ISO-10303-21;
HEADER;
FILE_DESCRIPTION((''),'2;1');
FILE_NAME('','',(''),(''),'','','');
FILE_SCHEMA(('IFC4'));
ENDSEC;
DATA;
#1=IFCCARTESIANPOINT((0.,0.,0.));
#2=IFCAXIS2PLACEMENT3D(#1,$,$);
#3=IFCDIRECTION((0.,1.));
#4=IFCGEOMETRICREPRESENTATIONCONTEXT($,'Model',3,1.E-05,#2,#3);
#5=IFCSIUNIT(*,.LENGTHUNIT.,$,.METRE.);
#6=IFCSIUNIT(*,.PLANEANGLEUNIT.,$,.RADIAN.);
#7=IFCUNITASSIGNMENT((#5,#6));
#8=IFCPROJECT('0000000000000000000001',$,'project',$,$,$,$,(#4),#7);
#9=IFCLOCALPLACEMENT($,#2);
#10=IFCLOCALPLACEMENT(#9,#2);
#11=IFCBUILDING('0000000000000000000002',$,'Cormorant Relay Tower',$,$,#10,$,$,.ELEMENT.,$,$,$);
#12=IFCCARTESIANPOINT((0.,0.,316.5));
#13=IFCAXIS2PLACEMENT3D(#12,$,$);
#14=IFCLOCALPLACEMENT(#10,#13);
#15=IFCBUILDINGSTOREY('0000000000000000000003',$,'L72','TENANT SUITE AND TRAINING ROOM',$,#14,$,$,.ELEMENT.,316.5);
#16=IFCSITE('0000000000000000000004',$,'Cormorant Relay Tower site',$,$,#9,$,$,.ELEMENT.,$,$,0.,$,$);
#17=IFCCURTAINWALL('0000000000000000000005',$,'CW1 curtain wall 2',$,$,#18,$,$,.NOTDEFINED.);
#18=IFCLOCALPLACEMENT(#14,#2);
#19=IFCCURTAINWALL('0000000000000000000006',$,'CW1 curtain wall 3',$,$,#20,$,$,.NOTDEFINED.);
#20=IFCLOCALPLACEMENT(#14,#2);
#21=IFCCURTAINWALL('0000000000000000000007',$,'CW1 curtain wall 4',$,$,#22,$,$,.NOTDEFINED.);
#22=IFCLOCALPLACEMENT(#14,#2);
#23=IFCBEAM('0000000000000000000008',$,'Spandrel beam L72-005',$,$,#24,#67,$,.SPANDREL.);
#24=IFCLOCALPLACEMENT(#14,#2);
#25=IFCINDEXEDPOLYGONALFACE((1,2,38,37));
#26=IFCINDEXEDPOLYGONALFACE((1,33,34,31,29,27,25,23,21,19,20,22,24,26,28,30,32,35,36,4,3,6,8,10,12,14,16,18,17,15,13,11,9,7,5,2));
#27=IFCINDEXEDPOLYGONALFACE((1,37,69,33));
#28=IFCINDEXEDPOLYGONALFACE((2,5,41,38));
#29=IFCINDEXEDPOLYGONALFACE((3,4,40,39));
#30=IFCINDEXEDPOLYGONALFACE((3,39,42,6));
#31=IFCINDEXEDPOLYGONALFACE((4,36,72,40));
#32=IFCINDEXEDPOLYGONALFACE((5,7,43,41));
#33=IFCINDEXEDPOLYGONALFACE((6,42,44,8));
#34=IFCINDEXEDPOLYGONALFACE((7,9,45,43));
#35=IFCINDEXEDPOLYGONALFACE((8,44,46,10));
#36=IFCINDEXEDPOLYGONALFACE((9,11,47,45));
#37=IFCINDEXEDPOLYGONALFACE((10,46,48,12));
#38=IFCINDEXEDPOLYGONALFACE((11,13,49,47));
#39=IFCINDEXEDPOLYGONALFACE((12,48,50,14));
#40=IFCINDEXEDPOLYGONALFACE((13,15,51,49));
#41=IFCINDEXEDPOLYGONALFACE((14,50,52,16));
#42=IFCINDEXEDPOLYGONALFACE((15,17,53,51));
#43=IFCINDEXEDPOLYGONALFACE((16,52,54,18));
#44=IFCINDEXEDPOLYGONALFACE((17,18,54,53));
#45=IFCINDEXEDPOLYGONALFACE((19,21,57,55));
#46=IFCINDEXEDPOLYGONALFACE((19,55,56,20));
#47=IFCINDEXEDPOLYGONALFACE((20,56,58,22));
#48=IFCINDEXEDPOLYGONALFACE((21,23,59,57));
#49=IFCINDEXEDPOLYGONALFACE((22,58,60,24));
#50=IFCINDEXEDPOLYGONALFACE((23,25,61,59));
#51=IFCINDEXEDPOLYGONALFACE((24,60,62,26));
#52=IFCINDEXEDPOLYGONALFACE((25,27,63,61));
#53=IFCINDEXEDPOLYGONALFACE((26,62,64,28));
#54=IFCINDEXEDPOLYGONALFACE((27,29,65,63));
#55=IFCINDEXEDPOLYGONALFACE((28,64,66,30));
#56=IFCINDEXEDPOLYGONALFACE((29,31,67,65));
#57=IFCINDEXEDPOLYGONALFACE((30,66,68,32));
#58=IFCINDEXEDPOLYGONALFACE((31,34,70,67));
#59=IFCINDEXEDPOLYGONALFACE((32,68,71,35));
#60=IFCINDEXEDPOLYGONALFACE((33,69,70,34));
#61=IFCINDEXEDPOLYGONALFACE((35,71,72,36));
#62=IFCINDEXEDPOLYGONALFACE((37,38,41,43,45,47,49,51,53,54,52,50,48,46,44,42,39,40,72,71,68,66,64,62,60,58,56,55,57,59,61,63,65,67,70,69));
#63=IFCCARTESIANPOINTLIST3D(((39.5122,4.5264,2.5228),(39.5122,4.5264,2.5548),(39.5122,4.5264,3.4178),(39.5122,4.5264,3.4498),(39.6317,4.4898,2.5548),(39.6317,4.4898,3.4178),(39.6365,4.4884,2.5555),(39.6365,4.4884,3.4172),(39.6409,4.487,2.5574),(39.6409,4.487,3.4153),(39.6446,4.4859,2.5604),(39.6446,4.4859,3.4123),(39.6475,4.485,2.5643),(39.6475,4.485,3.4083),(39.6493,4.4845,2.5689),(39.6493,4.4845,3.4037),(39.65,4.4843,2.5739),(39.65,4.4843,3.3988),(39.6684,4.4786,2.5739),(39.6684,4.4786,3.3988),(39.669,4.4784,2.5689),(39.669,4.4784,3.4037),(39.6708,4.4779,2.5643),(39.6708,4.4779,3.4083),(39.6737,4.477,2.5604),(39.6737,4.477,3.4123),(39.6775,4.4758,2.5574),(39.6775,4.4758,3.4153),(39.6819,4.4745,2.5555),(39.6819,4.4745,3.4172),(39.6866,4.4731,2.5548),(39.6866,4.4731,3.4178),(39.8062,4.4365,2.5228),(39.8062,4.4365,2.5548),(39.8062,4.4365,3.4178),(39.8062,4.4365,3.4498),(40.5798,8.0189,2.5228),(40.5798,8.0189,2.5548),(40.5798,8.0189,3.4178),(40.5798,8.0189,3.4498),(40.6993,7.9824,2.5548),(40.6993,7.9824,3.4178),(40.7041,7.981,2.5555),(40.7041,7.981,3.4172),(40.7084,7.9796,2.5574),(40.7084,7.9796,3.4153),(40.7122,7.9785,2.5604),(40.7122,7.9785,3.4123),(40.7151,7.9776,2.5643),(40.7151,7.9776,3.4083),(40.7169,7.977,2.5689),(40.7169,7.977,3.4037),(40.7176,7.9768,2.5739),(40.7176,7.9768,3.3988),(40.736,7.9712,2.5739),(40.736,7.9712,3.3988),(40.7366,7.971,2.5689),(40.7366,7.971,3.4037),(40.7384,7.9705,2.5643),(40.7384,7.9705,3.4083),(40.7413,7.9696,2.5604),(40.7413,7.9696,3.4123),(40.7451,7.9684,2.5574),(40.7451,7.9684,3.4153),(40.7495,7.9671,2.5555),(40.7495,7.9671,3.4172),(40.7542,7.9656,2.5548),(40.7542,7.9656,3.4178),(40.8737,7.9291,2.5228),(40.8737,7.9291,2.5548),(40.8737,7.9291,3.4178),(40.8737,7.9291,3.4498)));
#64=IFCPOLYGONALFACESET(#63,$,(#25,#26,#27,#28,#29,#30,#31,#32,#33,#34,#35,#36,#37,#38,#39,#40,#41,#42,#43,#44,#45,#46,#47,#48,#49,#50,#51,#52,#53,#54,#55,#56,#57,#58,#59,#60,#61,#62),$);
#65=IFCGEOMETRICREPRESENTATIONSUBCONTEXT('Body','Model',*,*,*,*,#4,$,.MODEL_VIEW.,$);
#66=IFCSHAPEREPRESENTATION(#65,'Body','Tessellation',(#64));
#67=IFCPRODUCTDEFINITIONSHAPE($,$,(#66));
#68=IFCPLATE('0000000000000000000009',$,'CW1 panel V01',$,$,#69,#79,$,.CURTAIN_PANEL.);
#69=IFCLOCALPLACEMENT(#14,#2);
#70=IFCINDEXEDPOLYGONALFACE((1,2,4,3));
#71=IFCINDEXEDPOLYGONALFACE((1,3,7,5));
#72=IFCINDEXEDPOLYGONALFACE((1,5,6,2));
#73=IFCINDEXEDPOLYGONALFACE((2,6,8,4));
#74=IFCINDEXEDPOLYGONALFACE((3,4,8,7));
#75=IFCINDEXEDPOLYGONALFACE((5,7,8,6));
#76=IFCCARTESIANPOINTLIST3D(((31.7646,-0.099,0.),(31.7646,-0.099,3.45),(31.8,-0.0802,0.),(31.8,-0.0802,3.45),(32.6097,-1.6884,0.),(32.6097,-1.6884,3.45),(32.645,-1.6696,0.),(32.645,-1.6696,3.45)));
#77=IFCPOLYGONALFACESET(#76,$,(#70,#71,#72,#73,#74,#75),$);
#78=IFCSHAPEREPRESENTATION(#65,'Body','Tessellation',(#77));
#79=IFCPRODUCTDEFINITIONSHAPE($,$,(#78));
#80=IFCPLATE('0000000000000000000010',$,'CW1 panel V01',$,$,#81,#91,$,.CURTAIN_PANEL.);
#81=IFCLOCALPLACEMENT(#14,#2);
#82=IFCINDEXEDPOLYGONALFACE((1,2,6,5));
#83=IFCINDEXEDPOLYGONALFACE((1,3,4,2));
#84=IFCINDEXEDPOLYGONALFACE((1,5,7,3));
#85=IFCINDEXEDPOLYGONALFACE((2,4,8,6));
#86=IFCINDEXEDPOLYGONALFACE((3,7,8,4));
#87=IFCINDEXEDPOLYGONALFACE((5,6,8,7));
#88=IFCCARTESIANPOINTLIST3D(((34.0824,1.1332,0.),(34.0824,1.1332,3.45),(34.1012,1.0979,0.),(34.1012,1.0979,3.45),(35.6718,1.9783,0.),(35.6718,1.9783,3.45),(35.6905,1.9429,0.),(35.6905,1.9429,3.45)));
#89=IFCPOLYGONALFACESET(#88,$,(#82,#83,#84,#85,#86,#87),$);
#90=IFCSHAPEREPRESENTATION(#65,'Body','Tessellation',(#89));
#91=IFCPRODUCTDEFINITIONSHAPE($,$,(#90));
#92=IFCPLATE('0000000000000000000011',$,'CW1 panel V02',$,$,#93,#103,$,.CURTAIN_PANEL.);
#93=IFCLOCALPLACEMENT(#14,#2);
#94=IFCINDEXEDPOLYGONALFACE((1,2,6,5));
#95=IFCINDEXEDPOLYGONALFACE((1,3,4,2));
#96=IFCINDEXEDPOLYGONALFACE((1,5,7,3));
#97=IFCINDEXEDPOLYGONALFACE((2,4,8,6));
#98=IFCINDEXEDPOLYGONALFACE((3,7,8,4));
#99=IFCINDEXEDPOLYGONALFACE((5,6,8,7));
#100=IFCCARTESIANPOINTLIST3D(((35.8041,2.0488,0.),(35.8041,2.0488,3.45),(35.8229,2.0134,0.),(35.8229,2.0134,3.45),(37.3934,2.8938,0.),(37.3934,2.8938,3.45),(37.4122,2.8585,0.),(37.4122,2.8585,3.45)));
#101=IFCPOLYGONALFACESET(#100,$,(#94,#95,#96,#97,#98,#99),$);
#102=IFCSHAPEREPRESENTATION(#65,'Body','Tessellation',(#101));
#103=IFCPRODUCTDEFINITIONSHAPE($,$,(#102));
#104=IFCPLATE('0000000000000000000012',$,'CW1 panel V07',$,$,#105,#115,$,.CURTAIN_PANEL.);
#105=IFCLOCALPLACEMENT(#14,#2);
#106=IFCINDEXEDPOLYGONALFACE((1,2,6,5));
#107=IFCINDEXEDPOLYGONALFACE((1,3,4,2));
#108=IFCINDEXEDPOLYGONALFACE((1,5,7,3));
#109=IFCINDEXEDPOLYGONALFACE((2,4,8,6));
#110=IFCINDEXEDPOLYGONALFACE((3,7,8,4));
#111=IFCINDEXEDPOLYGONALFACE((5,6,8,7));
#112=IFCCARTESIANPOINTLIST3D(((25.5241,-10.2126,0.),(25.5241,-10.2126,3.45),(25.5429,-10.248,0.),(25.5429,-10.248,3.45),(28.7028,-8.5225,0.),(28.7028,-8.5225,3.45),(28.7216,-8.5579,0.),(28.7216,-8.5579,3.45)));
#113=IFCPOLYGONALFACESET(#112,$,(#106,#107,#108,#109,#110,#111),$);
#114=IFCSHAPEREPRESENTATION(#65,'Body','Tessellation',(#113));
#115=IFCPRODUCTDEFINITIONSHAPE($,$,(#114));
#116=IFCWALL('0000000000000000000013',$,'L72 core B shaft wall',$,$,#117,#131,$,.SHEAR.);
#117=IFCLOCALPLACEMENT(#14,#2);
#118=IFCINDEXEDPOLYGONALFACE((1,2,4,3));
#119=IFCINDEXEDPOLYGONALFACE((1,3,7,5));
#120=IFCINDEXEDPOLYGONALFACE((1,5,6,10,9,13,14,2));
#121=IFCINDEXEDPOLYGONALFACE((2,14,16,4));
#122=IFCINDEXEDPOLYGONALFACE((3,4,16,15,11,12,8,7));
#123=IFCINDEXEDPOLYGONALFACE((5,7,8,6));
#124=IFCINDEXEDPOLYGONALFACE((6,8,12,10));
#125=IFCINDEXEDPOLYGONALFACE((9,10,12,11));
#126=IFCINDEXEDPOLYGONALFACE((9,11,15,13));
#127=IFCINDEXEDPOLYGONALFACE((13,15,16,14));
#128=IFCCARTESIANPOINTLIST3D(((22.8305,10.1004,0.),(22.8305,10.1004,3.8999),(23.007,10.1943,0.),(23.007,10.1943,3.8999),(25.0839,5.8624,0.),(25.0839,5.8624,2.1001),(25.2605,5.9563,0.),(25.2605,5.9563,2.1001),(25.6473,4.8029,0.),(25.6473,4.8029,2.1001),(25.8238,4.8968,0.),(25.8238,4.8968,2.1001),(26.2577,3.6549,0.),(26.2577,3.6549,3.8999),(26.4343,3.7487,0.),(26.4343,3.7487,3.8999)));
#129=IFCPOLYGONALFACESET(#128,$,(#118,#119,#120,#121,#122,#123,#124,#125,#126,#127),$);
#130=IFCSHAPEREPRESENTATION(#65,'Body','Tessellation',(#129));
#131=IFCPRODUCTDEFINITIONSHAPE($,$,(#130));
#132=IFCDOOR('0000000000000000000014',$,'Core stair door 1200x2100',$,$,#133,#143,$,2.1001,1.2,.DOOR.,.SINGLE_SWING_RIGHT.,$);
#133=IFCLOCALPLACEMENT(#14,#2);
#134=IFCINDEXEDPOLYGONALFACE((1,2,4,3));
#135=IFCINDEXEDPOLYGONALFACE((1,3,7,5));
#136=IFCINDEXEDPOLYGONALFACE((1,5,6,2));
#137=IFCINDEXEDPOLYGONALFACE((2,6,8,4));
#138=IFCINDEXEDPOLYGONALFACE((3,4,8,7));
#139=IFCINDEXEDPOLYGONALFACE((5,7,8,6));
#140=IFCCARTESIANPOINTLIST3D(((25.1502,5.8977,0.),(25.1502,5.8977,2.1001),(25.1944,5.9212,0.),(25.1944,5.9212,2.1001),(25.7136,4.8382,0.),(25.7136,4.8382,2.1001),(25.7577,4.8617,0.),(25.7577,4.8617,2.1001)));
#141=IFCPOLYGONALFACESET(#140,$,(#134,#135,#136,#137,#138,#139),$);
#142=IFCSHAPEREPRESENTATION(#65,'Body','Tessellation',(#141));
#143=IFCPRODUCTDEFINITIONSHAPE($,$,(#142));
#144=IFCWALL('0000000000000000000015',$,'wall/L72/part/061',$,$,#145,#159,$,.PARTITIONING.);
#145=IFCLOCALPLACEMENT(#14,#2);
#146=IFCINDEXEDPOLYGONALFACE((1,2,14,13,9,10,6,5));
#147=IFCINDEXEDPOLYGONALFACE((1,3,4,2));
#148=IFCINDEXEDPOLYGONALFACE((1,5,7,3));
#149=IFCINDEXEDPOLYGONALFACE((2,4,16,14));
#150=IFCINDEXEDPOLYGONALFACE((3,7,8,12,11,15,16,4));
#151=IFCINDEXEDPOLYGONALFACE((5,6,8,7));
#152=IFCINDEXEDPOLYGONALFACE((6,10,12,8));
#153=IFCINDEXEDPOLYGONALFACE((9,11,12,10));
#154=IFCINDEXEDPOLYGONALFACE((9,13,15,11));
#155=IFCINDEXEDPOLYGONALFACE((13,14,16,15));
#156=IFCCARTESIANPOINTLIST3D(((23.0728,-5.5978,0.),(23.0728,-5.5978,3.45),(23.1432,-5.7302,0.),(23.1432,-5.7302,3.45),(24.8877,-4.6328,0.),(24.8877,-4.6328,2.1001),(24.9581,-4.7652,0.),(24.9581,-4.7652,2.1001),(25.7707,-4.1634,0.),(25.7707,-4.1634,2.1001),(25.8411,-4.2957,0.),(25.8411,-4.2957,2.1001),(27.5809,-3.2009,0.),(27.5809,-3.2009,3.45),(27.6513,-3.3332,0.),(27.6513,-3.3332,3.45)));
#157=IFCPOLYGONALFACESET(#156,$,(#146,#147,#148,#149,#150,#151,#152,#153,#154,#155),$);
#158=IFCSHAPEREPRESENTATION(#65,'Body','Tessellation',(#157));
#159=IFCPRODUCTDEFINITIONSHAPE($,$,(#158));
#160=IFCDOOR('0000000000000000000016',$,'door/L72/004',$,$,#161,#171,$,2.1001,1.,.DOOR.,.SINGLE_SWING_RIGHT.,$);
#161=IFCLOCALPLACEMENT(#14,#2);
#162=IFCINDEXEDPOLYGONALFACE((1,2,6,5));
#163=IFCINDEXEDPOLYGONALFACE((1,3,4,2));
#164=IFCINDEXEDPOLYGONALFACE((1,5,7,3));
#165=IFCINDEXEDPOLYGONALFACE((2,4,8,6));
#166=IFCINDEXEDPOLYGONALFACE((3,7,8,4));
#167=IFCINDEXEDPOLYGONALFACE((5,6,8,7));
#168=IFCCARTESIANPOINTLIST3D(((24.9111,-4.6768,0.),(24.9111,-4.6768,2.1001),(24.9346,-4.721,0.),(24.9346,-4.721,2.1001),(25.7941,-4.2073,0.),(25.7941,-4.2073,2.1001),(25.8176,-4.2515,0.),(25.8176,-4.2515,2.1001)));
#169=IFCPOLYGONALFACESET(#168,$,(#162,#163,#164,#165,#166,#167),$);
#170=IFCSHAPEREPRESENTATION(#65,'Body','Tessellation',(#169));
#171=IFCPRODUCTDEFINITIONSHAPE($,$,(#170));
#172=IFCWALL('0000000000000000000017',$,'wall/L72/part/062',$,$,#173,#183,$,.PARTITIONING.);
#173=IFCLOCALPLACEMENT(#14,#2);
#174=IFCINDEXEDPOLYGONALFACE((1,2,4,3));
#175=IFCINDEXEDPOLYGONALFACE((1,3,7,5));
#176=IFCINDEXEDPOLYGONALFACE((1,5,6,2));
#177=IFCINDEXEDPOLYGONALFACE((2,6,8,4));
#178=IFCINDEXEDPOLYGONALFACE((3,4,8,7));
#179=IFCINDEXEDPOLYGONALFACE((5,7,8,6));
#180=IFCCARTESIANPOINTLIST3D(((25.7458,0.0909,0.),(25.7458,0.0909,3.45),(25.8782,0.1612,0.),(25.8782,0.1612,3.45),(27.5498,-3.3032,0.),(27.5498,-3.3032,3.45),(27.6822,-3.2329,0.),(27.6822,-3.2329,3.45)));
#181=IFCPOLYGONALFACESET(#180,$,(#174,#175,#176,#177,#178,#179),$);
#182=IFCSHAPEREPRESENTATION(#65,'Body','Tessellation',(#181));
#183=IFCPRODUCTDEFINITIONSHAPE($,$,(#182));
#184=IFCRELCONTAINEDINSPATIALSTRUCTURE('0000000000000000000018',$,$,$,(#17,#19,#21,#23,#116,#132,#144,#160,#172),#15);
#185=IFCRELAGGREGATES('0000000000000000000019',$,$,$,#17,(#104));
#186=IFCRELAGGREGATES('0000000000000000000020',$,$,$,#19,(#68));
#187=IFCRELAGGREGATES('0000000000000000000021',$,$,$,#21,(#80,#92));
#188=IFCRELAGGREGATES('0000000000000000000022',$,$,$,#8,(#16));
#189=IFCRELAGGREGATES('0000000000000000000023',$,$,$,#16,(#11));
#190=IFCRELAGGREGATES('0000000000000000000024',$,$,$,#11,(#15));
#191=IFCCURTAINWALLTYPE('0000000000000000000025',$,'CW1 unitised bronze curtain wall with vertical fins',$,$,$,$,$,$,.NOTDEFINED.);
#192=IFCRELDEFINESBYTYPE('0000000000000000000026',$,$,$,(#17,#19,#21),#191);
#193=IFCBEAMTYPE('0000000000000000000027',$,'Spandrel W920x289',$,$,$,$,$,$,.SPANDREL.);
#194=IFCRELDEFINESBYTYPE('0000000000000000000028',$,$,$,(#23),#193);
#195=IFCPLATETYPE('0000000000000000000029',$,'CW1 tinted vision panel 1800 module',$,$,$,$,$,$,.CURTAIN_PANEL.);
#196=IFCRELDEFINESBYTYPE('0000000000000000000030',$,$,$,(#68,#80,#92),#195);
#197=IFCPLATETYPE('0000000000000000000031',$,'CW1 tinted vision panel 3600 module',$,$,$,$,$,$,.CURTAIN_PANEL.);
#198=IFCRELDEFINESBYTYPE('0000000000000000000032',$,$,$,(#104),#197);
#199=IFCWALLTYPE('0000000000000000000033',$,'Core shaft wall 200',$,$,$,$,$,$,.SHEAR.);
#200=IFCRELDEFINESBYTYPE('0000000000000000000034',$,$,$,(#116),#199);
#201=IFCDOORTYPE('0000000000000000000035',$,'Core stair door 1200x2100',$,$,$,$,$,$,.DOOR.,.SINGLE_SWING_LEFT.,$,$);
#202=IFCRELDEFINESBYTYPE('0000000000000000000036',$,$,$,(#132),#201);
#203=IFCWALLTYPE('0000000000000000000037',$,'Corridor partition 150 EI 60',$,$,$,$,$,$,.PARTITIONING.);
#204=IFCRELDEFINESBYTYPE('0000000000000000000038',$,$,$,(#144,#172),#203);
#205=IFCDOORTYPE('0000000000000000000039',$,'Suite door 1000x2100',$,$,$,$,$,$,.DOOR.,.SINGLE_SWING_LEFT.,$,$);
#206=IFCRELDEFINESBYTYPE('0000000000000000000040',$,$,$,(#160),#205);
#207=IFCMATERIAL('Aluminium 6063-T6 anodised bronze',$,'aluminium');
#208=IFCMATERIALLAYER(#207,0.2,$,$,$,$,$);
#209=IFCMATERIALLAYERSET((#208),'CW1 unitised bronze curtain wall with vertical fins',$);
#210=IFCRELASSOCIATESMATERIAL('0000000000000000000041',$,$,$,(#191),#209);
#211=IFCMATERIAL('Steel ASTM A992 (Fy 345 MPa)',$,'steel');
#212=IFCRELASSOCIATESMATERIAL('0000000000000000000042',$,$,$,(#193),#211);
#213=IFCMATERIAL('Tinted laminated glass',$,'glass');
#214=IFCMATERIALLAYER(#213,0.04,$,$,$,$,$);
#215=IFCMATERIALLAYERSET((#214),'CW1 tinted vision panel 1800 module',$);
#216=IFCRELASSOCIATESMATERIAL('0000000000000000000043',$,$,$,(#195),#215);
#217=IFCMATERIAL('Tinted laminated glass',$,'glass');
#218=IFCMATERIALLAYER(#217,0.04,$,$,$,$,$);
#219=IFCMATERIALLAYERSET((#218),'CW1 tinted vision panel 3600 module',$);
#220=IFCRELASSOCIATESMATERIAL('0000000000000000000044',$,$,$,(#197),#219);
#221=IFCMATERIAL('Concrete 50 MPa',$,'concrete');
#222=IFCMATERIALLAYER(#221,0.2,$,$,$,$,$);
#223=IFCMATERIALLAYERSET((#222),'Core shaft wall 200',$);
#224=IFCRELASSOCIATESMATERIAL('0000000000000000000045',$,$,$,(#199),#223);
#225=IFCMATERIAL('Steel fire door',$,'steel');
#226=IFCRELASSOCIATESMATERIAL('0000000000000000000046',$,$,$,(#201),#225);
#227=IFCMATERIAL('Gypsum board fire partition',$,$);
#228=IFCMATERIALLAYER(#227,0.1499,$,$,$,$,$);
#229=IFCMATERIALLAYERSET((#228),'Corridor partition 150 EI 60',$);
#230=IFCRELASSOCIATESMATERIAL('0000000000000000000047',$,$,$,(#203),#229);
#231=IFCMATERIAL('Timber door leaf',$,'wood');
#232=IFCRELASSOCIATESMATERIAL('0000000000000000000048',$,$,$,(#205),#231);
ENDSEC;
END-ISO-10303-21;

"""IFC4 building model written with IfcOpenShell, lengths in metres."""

from ifc_helpers import new_model, si_unit, direction, frame, frame_2d, origin, origin_2d, place, context, subcontext, project, spatial, rectangle, i_section, extrude, material, layer, layer_set, material_profile, profile_set, type_object, element, fill, aggregate, save


model = new_model("IFC4")

# Units and contexts
model_context = context("Model", 3, precision=1e-05, world=origin(), true_north=direction((0.0, 1.0)))
body_context = subcontext(model_context, "Body", "Model", "MODEL_VIEW")
ifc_project = project(units=[si_unit("LENGTHUNIT", "METRE"), si_unit("PLANEANGLEUNIT", "RADIAN")], contexts=[model_context])

# Site, building, storey
site_placement = place(None, origin())
site = spatial("IfcSite", under=ifc_project, at=site_placement, Name="Cormorant Relay Tower site", CompositionType="ELEMENT", RefElevation=0.0)
building_placement = place(site_placement, origin())
building = spatial("IfcBuilding", under=site, at=building_placement, Name="Cormorant Relay Tower", CompositionType="ELEMENT")
storey_placement = place(building_placement, frame((0.0, 0.0, 316.5)))
storey = spatial("IfcBuildingStorey", under=building, at=storey_placement, Name="L72", Description="TENANT SUITE AND TRAINING ROOM", CompositionType="ELEMENT", Elevation=316.5)

# Curtain walls
ifc_material_1 = material(Name="Aluminium 6063-T6 anodised bronze", Category="aluminium")
ifc_layer_1 = layer(ifc_material_1, 0.2)
ifc_layer_set_1 = layer_set([ifc_layer_1], Name="CW1 unitised bronze curtain wall with vertical fins")
curtain_wall_type = type_object("IfcCurtainWallType", Name="CW1 unitised bronze curtain wall with vertical fins", PredefinedType="NOTDEFINED", material=ifc_layer_set_1)
curtain_wall_1_placement = place(storey_placement, origin())
curtain_wall_1 = element("IfcCurtainWall", 1, at=curtain_wall_1_placement, inside=storey, type_object=curtain_wall_type, Name="CW1 curtain wall 2", PredefinedType="NOTDEFINED")
curtain_wall_2_placement = place(storey_placement, origin())
curtain_wall_2 = element("IfcCurtainWall", 2, at=curtain_wall_2_placement, inside=storey, type_object=curtain_wall_type, Name="CW1 curtain wall 3", PredefinedType="NOTDEFINED")

# Curtain wall
curtain_wall_3_placement = place(storey_placement, origin())
curtain_wall_3 = element("IfcCurtainWall", 3, at=curtain_wall_3_placement, inside=storey, type_object=curtain_wall_type, Name="CW1 curtain wall 4", PredefinedType="NOTDEFINED")

# Beam
ifc_material_2 = material(Name="Steel ASTM A992 (Fy 345 MPa)", Category="steel")
ifc_material_profile_1 = material_profile(ifc_material_2, i_section(OverallWidth=0.3074, OverallDepth=0.927, WebThickness=0.0193, FlangeThickness=0.032, FilletRadius=0.019, at=origin_2d()), Name="W920x289")
ifc_profile_set_1 = profile_set([ifc_material_profile_1], Name="Steel ASTM A992 (Fy 345 MPa)")
beam_type = type_object("IfcBeamType", Name="Spandrel W920x289", PredefinedType="SPANDREL", material=ifc_profile_set_1)
beam_1_placement = place(storey_placement, frame((39.6592, 4.4814, 2.9863), z_axis=(0.292324, 0.956319, 0.0), x_axis=(-0.956319, 0.292324, 0.0)))
element("IfcBeam", 4, at=beam_1_placement, inside=storey, type_object=beam_type, Name="Spandrel beam L72-005", PredefinedType="SPANDREL", context=body_context, shape_type="SweptSolid", body=[
    extrude(i_section(OverallWidth=0.3074, OverallDepth=0.927, WebThickness=0.0193, FlangeThickness=0.032, FilletRadius=0.019, at=origin_2d()), origin(), (0.0, 0.0, 1.0), 3.6521),
])

# Plates
ifc_material_3 = material(Name="Tinted laminated glass", Category="glass")
ifc_layer_2 = layer(ifc_material_3, 0.04)
ifc_layer_set_2 = layer_set([ifc_layer_2], Name="CW1 tinted vision panel 1800 module")
plate_type_1 = type_object("IfcPlateType", Name="CW1 tinted vision panel 1800 module", PredefinedType="CURTAIN_PANEL", material=ifc_layer_set_2)
plate_1_placement = place(storey_placement, frame((32.2048, -0.8843, 0.0), z_axis=(0.0, 0.0, 1.0), x_axis=(-0.469472, 0.882948, 0.0)))
plate_1 = element("IfcPlate", 5, at=plate_1_placement, type_object=plate_type_1, Name="CW1 panel V01", PredefinedType="CURTAIN_PANEL", context=body_context, shape_type="SweptSolid", body=[
    extrude(rectangle(XDim=1.8, YDim=0.04, at=origin_2d()), origin(), (0.0, 0.0, 1.0), 3.45),
])
plate_2_placement = place(storey_placement, frame((34.8865, 1.5381, 0.0), z_axis=(0.0, 0.0, 1.0), x_axis=(0.882948, 0.469472, 0.0)))
plate_2 = element("IfcPlate", 6, at=plate_2_placement, type_object=plate_type_1, Name="CW1 panel V01", PredefinedType="CURTAIN_PANEL", context=body_context, shape_type="SweptSolid", body=[
    extrude(rectangle(XDim=1.8, YDim=0.04, at=origin_2d()), origin(), (0.0, 0.0, 1.0), 3.45),
])
plate_3_placement = place(storey_placement, frame((36.6082, 2.4536, 0.0), z_axis=(0.0, 0.0, 1.0), x_axis=(0.882948, 0.469472, 0.0)))
plate_3 = element("IfcPlate", 7, at=plate_3_placement, type_object=plate_type_1, Name="CW1 panel V02", PredefinedType="CURTAIN_PANEL", context=body_context, shape_type="SweptSolid", body=[
    extrude(rectangle(XDim=1.8, YDim=0.04, at=origin_2d()), origin(), (0.0, 0.0, 1.0), 3.45),
])
ifc_material_4 = material(Name="Tinted laminated glass", Category="glass")
ifc_layer_3 = layer(ifc_material_4, 0.04)
ifc_layer_set_3 = layer_set([ifc_layer_3], Name="CW1 tinted vision panel 3600 module")
plate_type_2 = type_object("IfcPlateType", Name="CW1 tinted vision panel 3600 module", PredefinedType="CURTAIN_PANEL", material=ifc_layer_set_3)
plate_4_placement = place(storey_placement, frame((27.1228, -9.3853, 0.0), z_axis=(0.0, 0.0, 1.0), x_axis=(0.882948, 0.469472, 0.0)))
plate_4 = element("IfcPlate", 8, at=plate_4_placement, type_object=plate_type_2, Name="CW1 panel V07", PredefinedType="CURTAIN_PANEL", context=body_context, shape_type="SweptSolid", body=[
    extrude(rectangle(XDim=3.6001, YDim=0.04, at=origin_2d()), origin(), (0.0, 0.0, 1.0), 3.45),
])

# Walls, openings, doors
ifc_material_5 = material(Name="Concrete 50 MPa", Category="concrete")
ifc_layer_4 = layer(ifc_material_5, 0.2)
ifc_layer_set_4 = layer_set([ifc_layer_4], Name="Core shaft wall 200")
wall_type_1 = type_object("IfcWallType", Name="Core shaft wall 200", PredefinedType="SHEAR", material=ifc_layer_set_4)
wall_1_placement = place(storey_placement, frame((26.3459, 3.7019, 0.0), z_axis=(0.0, 0.0, 1.0), x_axis=(-0.46948, 0.882943, 0.0)))
wall_1 = element("IfcWall", 9, at=wall_1_placement, inside=storey, type_object=wall_type_1, Name="L72 core B shaft wall", PredefinedType="SHEAR", context=body_context, shape_type="SweptSolid", body=[
    extrude(rectangle(XDim=7.3, YDim=0.2, at=frame_2d((3.6499, 0.0))), origin(), (0.0, 0.0, 1.0), 3.8999),
])
opening_1_placement = place(wall_1_placement, frame((1.3, 0.0, 0.0)))
opening_1 = element("IfcOpeningElement", 10, at=opening_1_placement, cuts=wall_1, PredefinedType="OPENING", context=body_context, shape_type="SweptSolid", body=[
    extrude(rectangle(XDim=1.2, YDim=2.1001, at=frame_2d((0.6001, 1.05))), frame((0.0, 0.1099, 0.0), z_axis=(0.0, -1.0, 0.0), x_axis=(1.0, 0.0, 0.0)), (0.0, 0.0, 1.0), 0.22),
])
ifc_material_6 = material(Name="Steel fire door", Category="steel")
door_type_1 = type_object("IfcDoorType", Name="Core stair door 1200x2100", OperationType="SINGLE_SWING_LEFT", PredefinedType="DOOR", material=ifc_material_6)
door_1_placement = place(opening_1_placement, origin())
door_1 = element("IfcDoor", 11, at=door_1_placement, inside=storey, type_object=door_type_1, Name="Core stair door 1200x2100", OperationType="SINGLE_SWING_RIGHT", OverallHeight=2.1001, OverallWidth=1.2, PredefinedType="DOOR", context=body_context, shape_type="SweptSolid", body=[
    extrude(rectangle(XDim=1.2, YDim=2.1001, at=frame_2d((0.6001, 1.05))), frame((0.0, 0.0249, 0.0), z_axis=(0.0, -1.0, 0.0), x_axis=(1.0, 0.0, 0.0)), (0.0, 0.0, 1.0), 0.05),
])
fill(opening_1, door_1)
ifc_material_7 = material(Name="Gypsum board fire partition")
ifc_layer_5 = layer(ifc_material_7, 0.1499)
ifc_layer_set_5 = layer_set([ifc_layer_5], Name="Corridor partition 150 EI 60")
wall_type_2 = type_object("IfcWallType", Name="Corridor partition 150 EI 60", PredefinedType="PARTITIONING", material=ifc_layer_set_5)
wall_2_placement = place(storey_placement, frame((27.616, -3.2671, 0.0), z_axis=(0.0, 0.0, 1.0), x_axis=(-0.882948, -0.469471, 0.0)))
wall_2 = element("IfcWall", 12, at=wall_2_placement, inside=storey, type_object=wall_type_2, Name="wall/L72/part/061", PredefinedType="PARTITIONING", context=body_context, shape_type="SweptSolid", body=[
    extrude(rectangle(XDim=5.1057, YDim=0.1499, at=frame_2d((2.5527, 0.0))), origin(), (0.0, 0.0, 1.0), 3.45),
])
opening_2_placement = place(wall_2_placement, frame((2.05, 0.0, 0.0)))
opening_2 = element("IfcOpeningElement", 13, at=opening_2_placement, cuts=wall_2, PredefinedType="OPENING", context=body_context, shape_type="SweptSolid", body=[
    extrude(rectangle(XDim=1.0, YDim=2.1001, at=frame_2d((0.5, 1.05))), frame((0.0, 0.085, 0.0), z_axis=(0.0, -1.0, 0.0), x_axis=(1.0, 0.0, 0.0)), (0.0, 0.0, 1.0), 0.1699),
])
ifc_material_8 = material(Name="Timber door leaf", Category="wood")
door_type_2 = type_object("IfcDoorType", Name="Suite door 1000x2100", OperationType="SINGLE_SWING_LEFT", PredefinedType="DOOR", material=ifc_material_8)
door_2_placement = place(opening_2_placement, origin())
door_2 = element("IfcDoor", 14, at=door_2_placement, inside=storey, type_object=door_type_2, Name="door/L72/004", OperationType="SINGLE_SWING_RIGHT", OverallHeight=2.1001, OverallWidth=1.0, PredefinedType="DOOR", context=body_context, shape_type="SweptSolid", body=[
    extrude(rectangle(XDim=1.0, YDim=2.1001, at=frame_2d((0.5, 1.05))), frame((0.0, 0.0249, 0.0), z_axis=(0.0, -1.0, 0.0), x_axis=(1.0, 0.0, 0.0)), (0.0, 0.0, 1.0), 0.05),
])
fill(opening_2, door_2)

# Wall
wall_3_placement = place(storey_placement, frame((27.616, -3.2681, 0.0), z_axis=(0.0, 0.0, 1.0), x_axis=(-0.469332, 0.883022, 0.0)))
element("IfcWall", 15, at=wall_3_placement, inside=storey, type_object=wall_type_2, Name="wall/L72/part/062", PredefinedType="PARTITIONING", context=body_context, shape_type="SweptSolid", body=[
    extrude(rectangle(XDim=3.8438, YDim=0.1499, at=frame_2d((1.9219, 0.0))), origin(), (0.0, 0.0, 1.0), 3.45),
])

aggregate(curtain_wall_1, [plate_4])
aggregate(curtain_wall_2, [plate_1])
aggregate(curtain_wall_3, [plate_2, plate_3])

save(model, "model.ifc")
